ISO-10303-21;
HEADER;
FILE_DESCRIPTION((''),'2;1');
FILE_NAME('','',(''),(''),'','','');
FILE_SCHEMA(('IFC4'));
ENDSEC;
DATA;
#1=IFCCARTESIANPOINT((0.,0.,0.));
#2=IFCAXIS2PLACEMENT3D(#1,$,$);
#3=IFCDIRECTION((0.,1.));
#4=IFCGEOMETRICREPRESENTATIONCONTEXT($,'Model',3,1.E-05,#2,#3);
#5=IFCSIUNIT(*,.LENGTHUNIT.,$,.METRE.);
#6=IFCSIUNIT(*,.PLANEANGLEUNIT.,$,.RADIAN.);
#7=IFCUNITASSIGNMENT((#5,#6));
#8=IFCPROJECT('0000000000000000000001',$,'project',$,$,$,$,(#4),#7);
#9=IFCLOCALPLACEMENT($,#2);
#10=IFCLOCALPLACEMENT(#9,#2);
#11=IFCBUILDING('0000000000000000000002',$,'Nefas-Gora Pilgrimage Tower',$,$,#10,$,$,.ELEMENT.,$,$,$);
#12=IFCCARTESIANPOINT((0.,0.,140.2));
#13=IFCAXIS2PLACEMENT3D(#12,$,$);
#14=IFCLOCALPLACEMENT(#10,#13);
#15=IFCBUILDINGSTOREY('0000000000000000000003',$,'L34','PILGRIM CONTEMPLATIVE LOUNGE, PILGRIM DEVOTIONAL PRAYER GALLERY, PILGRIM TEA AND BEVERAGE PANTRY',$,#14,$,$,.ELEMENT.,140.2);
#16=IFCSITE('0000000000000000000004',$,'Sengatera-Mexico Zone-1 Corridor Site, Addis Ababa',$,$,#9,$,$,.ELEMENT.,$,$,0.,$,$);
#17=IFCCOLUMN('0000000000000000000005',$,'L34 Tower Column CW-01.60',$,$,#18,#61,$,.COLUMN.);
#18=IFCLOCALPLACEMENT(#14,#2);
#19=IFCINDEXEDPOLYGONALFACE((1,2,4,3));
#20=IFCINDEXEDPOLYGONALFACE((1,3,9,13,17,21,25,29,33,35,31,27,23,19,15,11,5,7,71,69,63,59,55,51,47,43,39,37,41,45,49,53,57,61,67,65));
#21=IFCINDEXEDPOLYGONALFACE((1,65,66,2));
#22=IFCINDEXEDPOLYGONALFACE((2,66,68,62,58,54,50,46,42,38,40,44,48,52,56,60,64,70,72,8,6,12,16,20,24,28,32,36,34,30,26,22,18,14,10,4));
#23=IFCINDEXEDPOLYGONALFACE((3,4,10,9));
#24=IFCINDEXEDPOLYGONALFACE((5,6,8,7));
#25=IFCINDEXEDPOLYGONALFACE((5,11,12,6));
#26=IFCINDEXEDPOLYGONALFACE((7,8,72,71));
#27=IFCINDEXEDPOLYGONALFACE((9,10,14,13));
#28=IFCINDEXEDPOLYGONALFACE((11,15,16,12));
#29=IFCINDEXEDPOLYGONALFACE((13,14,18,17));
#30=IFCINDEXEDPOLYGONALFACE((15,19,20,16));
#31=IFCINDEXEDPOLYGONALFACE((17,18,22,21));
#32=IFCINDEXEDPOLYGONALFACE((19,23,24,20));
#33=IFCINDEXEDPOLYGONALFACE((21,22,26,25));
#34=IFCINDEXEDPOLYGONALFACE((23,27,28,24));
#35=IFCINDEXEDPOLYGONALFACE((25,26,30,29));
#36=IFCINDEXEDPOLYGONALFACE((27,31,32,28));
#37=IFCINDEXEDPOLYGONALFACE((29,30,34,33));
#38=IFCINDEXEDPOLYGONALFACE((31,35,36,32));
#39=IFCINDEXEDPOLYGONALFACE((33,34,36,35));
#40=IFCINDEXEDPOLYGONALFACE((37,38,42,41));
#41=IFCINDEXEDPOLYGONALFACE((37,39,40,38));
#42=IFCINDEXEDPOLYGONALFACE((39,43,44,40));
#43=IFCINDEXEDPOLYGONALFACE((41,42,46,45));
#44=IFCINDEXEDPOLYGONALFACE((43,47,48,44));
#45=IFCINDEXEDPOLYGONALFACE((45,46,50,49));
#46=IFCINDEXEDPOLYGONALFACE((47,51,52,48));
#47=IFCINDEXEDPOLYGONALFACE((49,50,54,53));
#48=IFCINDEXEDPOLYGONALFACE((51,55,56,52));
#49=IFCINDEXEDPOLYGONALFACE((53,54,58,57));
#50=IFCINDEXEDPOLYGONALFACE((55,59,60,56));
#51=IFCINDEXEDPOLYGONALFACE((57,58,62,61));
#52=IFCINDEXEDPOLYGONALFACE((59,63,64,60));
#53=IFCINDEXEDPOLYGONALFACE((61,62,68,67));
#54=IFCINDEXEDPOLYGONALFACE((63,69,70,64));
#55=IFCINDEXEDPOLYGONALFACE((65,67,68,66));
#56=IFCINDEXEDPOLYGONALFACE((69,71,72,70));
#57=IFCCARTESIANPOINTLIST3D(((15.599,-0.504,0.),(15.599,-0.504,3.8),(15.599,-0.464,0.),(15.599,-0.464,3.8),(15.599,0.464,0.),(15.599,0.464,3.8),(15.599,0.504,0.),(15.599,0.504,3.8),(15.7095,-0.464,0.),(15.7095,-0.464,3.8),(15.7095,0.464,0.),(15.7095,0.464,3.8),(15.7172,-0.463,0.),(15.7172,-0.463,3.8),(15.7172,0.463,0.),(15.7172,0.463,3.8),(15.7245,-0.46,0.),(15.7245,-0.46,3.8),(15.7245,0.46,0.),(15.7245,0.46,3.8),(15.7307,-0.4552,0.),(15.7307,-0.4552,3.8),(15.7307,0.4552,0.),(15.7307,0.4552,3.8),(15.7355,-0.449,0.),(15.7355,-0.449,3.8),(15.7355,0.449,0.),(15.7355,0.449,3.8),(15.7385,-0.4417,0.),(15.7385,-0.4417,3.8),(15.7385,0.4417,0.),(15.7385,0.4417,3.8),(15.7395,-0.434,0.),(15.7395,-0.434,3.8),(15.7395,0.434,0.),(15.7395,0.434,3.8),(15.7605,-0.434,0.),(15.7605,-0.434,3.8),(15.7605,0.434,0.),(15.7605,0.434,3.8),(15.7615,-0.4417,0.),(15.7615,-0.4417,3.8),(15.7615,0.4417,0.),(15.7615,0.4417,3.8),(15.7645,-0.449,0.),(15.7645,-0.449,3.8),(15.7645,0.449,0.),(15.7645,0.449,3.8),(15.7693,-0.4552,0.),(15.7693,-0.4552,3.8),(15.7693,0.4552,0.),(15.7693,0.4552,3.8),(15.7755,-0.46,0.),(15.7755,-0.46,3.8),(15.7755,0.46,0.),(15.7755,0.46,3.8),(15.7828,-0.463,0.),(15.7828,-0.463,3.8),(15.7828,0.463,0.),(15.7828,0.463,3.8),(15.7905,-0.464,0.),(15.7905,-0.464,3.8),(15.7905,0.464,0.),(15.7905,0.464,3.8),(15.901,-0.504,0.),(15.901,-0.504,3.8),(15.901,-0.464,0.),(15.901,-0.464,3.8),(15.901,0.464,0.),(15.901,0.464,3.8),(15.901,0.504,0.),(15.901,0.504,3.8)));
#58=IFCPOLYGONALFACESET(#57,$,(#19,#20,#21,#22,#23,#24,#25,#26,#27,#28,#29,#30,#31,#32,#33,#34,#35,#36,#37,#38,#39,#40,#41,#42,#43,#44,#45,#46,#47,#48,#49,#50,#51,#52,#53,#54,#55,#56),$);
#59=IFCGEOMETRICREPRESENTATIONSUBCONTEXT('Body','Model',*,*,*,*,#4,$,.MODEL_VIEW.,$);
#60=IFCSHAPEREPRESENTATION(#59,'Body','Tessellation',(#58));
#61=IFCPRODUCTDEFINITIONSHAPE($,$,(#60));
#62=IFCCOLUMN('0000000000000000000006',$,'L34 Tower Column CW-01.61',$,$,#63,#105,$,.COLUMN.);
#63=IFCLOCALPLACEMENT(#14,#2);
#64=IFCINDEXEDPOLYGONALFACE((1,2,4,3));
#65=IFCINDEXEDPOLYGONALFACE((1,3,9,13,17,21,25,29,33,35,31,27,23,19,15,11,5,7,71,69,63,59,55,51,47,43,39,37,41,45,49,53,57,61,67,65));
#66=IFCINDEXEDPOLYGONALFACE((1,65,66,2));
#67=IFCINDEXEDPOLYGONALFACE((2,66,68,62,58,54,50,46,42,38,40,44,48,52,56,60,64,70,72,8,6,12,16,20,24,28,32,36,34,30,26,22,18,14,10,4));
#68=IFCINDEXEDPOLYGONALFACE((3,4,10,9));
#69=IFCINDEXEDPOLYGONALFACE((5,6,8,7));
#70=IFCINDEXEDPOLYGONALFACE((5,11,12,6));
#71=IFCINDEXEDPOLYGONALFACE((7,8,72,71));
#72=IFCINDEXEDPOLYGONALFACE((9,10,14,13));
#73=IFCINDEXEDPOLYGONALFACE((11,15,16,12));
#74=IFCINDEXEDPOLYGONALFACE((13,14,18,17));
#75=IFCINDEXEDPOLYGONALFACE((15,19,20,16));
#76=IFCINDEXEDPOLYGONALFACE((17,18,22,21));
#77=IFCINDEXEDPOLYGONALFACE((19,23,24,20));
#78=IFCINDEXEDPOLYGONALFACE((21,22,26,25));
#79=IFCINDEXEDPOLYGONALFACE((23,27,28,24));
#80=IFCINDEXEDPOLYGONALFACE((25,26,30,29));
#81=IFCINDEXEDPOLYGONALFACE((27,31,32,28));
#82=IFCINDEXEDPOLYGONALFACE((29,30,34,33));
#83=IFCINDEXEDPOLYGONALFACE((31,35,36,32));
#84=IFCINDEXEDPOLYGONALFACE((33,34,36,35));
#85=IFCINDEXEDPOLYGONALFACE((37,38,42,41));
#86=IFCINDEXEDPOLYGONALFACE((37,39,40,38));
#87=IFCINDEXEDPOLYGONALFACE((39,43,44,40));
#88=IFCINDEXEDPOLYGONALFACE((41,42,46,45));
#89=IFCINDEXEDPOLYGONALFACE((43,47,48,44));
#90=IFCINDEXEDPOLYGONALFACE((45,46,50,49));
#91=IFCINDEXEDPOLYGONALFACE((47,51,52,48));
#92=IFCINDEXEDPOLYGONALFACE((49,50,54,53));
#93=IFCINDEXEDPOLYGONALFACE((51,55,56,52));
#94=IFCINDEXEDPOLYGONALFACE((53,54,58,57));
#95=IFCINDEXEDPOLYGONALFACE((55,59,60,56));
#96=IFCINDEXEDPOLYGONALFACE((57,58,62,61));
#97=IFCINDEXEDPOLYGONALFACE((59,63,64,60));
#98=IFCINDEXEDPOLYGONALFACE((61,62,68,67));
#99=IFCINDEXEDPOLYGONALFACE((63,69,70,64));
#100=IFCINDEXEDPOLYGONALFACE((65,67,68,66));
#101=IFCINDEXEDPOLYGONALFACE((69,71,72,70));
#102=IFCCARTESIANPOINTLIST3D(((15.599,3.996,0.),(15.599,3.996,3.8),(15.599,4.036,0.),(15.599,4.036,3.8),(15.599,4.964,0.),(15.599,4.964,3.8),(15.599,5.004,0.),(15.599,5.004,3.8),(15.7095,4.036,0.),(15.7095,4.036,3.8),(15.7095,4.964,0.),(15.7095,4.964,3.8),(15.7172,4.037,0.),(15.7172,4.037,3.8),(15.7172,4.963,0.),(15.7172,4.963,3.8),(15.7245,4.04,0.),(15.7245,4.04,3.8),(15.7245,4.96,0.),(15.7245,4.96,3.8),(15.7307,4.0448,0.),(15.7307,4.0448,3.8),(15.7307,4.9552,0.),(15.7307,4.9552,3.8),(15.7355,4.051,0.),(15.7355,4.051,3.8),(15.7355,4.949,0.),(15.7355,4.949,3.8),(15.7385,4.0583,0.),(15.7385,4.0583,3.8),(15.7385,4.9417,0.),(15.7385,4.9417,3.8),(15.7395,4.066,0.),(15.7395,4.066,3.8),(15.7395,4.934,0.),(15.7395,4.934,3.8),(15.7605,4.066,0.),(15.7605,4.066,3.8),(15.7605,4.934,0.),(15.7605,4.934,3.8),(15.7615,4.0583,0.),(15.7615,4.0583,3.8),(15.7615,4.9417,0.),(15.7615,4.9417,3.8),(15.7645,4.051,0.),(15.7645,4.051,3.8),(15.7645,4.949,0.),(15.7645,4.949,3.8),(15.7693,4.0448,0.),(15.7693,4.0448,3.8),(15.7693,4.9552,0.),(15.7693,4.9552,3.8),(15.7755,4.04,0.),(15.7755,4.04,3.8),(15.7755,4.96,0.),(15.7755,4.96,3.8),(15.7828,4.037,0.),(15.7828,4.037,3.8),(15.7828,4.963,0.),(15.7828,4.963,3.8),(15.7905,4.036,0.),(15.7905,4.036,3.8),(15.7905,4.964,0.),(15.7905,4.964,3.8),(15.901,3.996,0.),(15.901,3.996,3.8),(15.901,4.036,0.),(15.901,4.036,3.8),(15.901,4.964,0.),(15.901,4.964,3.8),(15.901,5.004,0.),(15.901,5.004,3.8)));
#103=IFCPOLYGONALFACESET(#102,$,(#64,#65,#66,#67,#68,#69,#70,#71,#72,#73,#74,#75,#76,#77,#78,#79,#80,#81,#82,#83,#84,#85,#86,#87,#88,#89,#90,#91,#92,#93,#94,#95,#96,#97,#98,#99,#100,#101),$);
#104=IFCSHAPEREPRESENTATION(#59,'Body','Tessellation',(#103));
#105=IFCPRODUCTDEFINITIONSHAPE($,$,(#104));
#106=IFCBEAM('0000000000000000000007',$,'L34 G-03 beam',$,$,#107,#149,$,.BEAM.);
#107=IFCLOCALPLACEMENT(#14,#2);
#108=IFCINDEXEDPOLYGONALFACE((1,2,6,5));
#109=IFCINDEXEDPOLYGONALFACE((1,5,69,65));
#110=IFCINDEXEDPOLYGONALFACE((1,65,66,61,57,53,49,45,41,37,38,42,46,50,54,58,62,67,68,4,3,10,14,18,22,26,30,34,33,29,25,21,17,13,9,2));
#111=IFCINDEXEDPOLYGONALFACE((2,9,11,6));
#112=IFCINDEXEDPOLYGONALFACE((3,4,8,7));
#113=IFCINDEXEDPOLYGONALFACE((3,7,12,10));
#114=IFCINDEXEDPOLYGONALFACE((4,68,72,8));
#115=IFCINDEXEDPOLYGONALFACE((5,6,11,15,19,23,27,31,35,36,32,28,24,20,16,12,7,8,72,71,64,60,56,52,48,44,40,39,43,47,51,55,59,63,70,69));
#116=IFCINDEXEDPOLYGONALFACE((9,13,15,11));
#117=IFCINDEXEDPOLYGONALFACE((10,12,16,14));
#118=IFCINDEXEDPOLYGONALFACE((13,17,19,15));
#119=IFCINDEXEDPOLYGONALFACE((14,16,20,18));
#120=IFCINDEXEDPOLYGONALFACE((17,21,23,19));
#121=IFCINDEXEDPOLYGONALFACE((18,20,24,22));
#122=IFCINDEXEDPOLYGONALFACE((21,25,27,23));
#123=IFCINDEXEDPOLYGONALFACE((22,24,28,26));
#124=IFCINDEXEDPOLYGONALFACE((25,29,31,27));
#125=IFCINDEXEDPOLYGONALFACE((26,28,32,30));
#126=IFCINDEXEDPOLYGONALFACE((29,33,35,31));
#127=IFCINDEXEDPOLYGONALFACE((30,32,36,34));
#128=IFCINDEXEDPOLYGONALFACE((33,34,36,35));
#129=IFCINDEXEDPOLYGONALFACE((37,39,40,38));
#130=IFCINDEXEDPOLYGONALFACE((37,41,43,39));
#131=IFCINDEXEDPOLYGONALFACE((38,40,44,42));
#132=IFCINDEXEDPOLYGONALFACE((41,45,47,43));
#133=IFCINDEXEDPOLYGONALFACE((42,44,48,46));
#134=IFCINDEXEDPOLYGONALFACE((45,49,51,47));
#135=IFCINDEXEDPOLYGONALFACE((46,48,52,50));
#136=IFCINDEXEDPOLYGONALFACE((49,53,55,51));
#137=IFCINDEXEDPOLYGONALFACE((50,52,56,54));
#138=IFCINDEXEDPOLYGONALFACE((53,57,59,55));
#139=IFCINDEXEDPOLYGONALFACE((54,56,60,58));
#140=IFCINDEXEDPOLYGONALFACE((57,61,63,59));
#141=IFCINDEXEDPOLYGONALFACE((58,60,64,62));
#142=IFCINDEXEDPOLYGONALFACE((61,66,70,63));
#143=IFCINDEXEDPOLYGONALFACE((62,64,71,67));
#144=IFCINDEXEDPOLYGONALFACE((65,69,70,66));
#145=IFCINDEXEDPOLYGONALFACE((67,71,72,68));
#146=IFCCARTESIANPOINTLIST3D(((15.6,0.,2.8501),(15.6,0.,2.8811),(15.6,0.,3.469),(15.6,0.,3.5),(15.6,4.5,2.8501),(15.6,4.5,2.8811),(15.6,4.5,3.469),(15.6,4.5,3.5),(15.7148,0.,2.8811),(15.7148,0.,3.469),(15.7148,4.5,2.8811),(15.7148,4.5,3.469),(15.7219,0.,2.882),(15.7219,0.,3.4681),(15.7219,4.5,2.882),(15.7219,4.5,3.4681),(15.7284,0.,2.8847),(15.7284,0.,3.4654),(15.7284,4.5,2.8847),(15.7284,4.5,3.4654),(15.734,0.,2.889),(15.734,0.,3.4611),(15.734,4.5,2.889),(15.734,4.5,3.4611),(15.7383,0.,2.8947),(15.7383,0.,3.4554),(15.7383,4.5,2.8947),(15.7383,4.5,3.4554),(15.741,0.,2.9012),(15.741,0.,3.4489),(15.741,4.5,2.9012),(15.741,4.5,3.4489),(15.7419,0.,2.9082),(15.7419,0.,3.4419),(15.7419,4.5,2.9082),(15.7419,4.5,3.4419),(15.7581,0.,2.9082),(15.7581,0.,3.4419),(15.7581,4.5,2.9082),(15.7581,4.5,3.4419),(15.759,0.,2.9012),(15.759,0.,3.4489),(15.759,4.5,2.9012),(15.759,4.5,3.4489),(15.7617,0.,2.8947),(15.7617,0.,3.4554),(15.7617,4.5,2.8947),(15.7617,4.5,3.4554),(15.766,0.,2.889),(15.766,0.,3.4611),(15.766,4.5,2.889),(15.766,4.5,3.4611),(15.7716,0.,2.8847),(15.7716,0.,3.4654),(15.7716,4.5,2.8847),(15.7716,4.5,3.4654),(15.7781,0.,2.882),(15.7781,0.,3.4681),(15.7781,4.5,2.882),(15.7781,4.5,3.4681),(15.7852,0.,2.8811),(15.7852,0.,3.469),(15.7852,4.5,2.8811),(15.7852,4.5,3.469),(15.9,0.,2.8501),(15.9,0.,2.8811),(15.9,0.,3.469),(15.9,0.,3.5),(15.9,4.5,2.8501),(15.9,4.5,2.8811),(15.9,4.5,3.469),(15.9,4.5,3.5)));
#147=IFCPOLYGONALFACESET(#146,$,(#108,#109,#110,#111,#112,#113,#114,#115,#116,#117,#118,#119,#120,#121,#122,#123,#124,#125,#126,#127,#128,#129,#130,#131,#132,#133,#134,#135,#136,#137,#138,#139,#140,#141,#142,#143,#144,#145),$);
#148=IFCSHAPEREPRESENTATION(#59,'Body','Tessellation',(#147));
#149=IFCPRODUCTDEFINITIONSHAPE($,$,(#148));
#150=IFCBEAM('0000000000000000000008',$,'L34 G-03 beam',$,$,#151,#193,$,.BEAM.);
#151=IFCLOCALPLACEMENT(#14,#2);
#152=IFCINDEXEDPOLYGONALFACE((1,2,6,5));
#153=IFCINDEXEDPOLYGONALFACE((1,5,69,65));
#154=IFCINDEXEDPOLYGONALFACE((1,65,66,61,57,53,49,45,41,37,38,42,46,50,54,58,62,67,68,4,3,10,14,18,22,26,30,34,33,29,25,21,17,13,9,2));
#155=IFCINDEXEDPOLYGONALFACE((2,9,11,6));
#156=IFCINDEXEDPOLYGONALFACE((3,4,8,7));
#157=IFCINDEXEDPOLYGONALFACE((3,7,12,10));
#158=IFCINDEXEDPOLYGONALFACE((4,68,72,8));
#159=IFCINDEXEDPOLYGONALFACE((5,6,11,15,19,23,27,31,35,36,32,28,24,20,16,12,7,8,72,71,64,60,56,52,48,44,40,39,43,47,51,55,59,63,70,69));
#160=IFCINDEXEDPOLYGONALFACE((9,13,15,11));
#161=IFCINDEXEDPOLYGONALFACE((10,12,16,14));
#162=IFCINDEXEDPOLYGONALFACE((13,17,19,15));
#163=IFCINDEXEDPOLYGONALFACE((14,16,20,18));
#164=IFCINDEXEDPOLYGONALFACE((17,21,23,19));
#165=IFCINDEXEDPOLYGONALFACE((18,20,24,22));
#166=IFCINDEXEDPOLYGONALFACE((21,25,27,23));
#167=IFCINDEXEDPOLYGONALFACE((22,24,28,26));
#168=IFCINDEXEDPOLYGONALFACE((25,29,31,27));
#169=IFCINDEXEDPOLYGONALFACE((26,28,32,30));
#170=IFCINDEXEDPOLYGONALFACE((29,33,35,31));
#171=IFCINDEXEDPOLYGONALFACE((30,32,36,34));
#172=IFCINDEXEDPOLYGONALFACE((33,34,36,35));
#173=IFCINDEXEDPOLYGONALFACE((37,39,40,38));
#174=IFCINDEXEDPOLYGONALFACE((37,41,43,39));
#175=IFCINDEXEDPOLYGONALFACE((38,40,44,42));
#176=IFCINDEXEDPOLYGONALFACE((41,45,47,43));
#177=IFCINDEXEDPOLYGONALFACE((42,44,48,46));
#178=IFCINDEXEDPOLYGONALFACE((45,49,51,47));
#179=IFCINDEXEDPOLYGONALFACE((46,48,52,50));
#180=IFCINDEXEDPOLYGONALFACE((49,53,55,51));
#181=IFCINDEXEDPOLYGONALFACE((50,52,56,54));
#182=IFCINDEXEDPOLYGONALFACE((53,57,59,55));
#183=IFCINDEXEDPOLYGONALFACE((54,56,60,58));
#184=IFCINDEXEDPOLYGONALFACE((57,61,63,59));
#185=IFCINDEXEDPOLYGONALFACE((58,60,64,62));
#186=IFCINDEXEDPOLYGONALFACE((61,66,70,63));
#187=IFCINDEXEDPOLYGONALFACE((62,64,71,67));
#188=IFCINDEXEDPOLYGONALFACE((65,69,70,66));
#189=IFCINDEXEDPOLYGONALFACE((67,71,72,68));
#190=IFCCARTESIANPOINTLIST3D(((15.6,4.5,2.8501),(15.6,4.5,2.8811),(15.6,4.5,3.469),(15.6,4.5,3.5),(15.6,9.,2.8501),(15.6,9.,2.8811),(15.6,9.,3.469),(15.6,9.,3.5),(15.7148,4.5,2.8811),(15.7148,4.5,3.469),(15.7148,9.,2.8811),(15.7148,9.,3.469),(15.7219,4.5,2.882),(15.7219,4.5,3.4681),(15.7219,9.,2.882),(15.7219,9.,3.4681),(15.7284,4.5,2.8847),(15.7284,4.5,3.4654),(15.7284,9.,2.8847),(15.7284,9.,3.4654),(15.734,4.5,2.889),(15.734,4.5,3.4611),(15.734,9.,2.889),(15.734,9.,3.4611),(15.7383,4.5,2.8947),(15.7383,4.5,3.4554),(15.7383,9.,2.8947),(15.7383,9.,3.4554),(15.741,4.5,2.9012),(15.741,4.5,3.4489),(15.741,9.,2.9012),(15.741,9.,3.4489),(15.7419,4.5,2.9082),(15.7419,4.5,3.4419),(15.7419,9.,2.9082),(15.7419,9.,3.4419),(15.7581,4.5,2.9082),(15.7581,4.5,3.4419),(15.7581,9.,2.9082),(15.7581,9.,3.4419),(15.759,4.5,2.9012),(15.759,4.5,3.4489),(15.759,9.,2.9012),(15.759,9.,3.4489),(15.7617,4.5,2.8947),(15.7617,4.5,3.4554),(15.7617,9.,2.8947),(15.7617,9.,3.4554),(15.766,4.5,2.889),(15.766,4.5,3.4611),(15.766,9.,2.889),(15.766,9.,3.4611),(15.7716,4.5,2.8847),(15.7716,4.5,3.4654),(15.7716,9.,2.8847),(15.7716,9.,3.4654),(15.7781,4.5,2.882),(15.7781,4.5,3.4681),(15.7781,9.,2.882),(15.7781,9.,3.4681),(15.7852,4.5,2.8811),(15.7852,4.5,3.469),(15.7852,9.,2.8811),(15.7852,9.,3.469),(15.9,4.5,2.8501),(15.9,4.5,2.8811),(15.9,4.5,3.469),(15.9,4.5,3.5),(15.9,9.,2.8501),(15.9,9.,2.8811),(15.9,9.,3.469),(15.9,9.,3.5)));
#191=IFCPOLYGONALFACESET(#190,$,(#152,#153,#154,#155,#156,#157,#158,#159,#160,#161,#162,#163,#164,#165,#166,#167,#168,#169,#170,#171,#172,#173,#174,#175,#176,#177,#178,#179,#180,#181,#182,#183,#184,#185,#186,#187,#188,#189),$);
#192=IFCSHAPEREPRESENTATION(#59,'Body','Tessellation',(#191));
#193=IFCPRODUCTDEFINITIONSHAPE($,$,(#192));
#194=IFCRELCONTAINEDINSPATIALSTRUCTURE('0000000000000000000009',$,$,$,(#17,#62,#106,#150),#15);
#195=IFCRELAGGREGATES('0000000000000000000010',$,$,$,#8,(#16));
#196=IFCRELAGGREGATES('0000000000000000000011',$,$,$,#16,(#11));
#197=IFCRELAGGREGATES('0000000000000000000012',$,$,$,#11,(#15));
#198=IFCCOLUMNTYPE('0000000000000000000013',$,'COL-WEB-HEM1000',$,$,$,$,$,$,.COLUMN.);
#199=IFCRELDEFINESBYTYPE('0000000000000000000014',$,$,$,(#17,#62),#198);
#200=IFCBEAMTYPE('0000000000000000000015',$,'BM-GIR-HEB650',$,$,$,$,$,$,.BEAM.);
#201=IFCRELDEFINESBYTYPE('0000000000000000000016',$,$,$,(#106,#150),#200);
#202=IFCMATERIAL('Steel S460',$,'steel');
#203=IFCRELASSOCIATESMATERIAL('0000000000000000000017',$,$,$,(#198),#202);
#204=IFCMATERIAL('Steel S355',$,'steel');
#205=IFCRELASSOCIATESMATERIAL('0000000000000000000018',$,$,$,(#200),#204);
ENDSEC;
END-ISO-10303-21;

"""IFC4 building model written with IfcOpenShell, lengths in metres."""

from ifc_helpers import new_model, si_unit, direction, frame, origin, origin_2d, place, context, subcontext, project, spatial, i_section, extrude, source, transform, mapped, material, material_profile, profile_set, type_object, element, save


model = new_model("IFC4")

# Units and contexts
model_context = context("Model", 3, precision=1e-05, world=origin(), true_north=direction((0.0, 1.0)))
body_context = subcontext(model_context, "Body", "Model", "MODEL_VIEW")
ifc_project = project(units=[si_unit("LENGTHUNIT", "METRE"), si_unit("PLANEANGLEUNIT", "RADIAN")], contexts=[model_context])

# Site, building, storey
site_placement = place(None, origin())
site = spatial("IfcSite", under=ifc_project, at=site_placement, Name="Sengatera-Mexico Zone-1 Corridor Site, Addis Ababa", CompositionType="ELEMENT", RefElevation=0.0)
building_placement = place(site_placement, origin())
building = spatial("IfcBuilding", under=site, at=building_placement, Name="Nefas-Gora Pilgrimage Tower", CompositionType="ELEMENT")
storey_placement = place(building_placement, frame((0.0, 0.0, 140.2)))
storey = spatial("IfcBuildingStorey", under=building, at=storey_placement, Name="L34", Description="PILGRIM CONTEMPLATIVE LOUNGE, PILGRIM DEVOTIONAL PRAYER GALLERY, PILGRIM TEA AND BEVERAGE PANTRY", CompositionType="ELEMENT", Elevation=140.2)

# Columns
ifc_material_1 = material(Name="Steel S460", Category="steel")
ifc_material_profile_1 = material_profile(ifc_material_1, i_section(OverallWidth=0.302, OverallDepth=1.0081, WebThickness=0.021, FlangeThickness=0.04, FilletRadius=0.03, at=origin_2d()), Name="HEM 1000")
ifc_profile_set_1 = profile_set([ifc_material_profile_1], Name="Steel S460")
column_type = type_object("IfcColumnType", Name="COL-WEB-HEM1000", PredefinedType="COLUMN", material=ifc_profile_set_1)
shared_shape_1 = source(origin(), body_context, "Body", "SweptSolid", [
    extrude(i_section(OverallWidth=0.302, OverallDepth=1.0081, WebThickness=0.021, FlangeThickness=0.04, FilletRadius=0.03, at=origin_2d()), origin(), (0.0, 0.0, 1.0), 3.8),
])
for number, where, z_axis, x_axis, name in (
    (1, (15.75, 0.0, 0.0), (0.0, 0.0, 1.0), (1.0, 0.0, 0.0), "L34 Tower Column CW-01.60"),
    (2, (15.75, 4.5, 0.0), (0.0, 0.0, 1.0), (1.0, 0.0, 0.0), "L34 Tower Column CW-01.61"),
):
    element("IfcColumn", number, at=place(storey_placement, frame(where, z_axis=z_axis, x_axis=x_axis)), inside=storey, type_object=column_type, Name=name, PredefinedType="COLUMN", context=body_context, shape_type="MappedRepresentation", body=[
        mapped(shared_shape_1, transform((0.0, 0.0, 0.0), x_axis=(1.0, 0.0, 0.0), y_axis=(0.0, 1.0, 0.0), z_axis=(0.0, 0.0, 1.0), scale=1.0)),
    ])

# Beams
ifc_material_2 = material(Name="Steel S355", Category="steel")
ifc_material_profile_2 = material_profile(ifc_material_2, i_section(OverallWidth=0.3, OverallDepth=0.6499, WebThickness=0.0161, FlangeThickness=0.031, FilletRadius=0.0271, at=origin_2d()), Name="HEB 650")
ifc_profile_set_2 = profile_set([ifc_material_profile_2], Name="Steel S355")
beam_type = type_object("IfcBeamType", Name="BM-GIR-HEB650", PredefinedType="BEAM", material=ifc_profile_set_2)
shared_shape_2 = source(origin(), body_context, "Body", "SweptSolid", [
    extrude(i_section(OverallWidth=0.3, OverallDepth=0.6499, WebThickness=0.0161, FlangeThickness=0.031, FilletRadius=0.0271, at=origin_2d()), origin(), (0.0, 0.0, 1.0), 4.5),
])
for number, where, z_axis, x_axis, name in (
    (3, (15.75, 0.0, 3.175), (0.0, 1.0, 0.0), (-1.0, 0.0, 0.0), "L34 G-03 beam"),
    (4, (15.75, 4.5, 3.175), (0.0, 1.0, 0.0), (-1.0, 0.0, 0.0), "L34 G-03 beam"),
):
    element("IfcBeam", number, at=place(storey_placement, frame(where, z_axis=z_axis, x_axis=x_axis)), inside=storey, type_object=beam_type, Name=name, PredefinedType="BEAM", context=body_context, shape_type="MappedRepresentation", body=[
        mapped(shared_shape_2, transform((0.0, 0.0, 0.0), x_axis=(1.0, 0.0, 0.0), y_axis=(0.0, 1.0, 0.0), z_axis=(0.0, 0.0, 1.0), scale=1.0)),
    ])

save(model, "model.ifc")
